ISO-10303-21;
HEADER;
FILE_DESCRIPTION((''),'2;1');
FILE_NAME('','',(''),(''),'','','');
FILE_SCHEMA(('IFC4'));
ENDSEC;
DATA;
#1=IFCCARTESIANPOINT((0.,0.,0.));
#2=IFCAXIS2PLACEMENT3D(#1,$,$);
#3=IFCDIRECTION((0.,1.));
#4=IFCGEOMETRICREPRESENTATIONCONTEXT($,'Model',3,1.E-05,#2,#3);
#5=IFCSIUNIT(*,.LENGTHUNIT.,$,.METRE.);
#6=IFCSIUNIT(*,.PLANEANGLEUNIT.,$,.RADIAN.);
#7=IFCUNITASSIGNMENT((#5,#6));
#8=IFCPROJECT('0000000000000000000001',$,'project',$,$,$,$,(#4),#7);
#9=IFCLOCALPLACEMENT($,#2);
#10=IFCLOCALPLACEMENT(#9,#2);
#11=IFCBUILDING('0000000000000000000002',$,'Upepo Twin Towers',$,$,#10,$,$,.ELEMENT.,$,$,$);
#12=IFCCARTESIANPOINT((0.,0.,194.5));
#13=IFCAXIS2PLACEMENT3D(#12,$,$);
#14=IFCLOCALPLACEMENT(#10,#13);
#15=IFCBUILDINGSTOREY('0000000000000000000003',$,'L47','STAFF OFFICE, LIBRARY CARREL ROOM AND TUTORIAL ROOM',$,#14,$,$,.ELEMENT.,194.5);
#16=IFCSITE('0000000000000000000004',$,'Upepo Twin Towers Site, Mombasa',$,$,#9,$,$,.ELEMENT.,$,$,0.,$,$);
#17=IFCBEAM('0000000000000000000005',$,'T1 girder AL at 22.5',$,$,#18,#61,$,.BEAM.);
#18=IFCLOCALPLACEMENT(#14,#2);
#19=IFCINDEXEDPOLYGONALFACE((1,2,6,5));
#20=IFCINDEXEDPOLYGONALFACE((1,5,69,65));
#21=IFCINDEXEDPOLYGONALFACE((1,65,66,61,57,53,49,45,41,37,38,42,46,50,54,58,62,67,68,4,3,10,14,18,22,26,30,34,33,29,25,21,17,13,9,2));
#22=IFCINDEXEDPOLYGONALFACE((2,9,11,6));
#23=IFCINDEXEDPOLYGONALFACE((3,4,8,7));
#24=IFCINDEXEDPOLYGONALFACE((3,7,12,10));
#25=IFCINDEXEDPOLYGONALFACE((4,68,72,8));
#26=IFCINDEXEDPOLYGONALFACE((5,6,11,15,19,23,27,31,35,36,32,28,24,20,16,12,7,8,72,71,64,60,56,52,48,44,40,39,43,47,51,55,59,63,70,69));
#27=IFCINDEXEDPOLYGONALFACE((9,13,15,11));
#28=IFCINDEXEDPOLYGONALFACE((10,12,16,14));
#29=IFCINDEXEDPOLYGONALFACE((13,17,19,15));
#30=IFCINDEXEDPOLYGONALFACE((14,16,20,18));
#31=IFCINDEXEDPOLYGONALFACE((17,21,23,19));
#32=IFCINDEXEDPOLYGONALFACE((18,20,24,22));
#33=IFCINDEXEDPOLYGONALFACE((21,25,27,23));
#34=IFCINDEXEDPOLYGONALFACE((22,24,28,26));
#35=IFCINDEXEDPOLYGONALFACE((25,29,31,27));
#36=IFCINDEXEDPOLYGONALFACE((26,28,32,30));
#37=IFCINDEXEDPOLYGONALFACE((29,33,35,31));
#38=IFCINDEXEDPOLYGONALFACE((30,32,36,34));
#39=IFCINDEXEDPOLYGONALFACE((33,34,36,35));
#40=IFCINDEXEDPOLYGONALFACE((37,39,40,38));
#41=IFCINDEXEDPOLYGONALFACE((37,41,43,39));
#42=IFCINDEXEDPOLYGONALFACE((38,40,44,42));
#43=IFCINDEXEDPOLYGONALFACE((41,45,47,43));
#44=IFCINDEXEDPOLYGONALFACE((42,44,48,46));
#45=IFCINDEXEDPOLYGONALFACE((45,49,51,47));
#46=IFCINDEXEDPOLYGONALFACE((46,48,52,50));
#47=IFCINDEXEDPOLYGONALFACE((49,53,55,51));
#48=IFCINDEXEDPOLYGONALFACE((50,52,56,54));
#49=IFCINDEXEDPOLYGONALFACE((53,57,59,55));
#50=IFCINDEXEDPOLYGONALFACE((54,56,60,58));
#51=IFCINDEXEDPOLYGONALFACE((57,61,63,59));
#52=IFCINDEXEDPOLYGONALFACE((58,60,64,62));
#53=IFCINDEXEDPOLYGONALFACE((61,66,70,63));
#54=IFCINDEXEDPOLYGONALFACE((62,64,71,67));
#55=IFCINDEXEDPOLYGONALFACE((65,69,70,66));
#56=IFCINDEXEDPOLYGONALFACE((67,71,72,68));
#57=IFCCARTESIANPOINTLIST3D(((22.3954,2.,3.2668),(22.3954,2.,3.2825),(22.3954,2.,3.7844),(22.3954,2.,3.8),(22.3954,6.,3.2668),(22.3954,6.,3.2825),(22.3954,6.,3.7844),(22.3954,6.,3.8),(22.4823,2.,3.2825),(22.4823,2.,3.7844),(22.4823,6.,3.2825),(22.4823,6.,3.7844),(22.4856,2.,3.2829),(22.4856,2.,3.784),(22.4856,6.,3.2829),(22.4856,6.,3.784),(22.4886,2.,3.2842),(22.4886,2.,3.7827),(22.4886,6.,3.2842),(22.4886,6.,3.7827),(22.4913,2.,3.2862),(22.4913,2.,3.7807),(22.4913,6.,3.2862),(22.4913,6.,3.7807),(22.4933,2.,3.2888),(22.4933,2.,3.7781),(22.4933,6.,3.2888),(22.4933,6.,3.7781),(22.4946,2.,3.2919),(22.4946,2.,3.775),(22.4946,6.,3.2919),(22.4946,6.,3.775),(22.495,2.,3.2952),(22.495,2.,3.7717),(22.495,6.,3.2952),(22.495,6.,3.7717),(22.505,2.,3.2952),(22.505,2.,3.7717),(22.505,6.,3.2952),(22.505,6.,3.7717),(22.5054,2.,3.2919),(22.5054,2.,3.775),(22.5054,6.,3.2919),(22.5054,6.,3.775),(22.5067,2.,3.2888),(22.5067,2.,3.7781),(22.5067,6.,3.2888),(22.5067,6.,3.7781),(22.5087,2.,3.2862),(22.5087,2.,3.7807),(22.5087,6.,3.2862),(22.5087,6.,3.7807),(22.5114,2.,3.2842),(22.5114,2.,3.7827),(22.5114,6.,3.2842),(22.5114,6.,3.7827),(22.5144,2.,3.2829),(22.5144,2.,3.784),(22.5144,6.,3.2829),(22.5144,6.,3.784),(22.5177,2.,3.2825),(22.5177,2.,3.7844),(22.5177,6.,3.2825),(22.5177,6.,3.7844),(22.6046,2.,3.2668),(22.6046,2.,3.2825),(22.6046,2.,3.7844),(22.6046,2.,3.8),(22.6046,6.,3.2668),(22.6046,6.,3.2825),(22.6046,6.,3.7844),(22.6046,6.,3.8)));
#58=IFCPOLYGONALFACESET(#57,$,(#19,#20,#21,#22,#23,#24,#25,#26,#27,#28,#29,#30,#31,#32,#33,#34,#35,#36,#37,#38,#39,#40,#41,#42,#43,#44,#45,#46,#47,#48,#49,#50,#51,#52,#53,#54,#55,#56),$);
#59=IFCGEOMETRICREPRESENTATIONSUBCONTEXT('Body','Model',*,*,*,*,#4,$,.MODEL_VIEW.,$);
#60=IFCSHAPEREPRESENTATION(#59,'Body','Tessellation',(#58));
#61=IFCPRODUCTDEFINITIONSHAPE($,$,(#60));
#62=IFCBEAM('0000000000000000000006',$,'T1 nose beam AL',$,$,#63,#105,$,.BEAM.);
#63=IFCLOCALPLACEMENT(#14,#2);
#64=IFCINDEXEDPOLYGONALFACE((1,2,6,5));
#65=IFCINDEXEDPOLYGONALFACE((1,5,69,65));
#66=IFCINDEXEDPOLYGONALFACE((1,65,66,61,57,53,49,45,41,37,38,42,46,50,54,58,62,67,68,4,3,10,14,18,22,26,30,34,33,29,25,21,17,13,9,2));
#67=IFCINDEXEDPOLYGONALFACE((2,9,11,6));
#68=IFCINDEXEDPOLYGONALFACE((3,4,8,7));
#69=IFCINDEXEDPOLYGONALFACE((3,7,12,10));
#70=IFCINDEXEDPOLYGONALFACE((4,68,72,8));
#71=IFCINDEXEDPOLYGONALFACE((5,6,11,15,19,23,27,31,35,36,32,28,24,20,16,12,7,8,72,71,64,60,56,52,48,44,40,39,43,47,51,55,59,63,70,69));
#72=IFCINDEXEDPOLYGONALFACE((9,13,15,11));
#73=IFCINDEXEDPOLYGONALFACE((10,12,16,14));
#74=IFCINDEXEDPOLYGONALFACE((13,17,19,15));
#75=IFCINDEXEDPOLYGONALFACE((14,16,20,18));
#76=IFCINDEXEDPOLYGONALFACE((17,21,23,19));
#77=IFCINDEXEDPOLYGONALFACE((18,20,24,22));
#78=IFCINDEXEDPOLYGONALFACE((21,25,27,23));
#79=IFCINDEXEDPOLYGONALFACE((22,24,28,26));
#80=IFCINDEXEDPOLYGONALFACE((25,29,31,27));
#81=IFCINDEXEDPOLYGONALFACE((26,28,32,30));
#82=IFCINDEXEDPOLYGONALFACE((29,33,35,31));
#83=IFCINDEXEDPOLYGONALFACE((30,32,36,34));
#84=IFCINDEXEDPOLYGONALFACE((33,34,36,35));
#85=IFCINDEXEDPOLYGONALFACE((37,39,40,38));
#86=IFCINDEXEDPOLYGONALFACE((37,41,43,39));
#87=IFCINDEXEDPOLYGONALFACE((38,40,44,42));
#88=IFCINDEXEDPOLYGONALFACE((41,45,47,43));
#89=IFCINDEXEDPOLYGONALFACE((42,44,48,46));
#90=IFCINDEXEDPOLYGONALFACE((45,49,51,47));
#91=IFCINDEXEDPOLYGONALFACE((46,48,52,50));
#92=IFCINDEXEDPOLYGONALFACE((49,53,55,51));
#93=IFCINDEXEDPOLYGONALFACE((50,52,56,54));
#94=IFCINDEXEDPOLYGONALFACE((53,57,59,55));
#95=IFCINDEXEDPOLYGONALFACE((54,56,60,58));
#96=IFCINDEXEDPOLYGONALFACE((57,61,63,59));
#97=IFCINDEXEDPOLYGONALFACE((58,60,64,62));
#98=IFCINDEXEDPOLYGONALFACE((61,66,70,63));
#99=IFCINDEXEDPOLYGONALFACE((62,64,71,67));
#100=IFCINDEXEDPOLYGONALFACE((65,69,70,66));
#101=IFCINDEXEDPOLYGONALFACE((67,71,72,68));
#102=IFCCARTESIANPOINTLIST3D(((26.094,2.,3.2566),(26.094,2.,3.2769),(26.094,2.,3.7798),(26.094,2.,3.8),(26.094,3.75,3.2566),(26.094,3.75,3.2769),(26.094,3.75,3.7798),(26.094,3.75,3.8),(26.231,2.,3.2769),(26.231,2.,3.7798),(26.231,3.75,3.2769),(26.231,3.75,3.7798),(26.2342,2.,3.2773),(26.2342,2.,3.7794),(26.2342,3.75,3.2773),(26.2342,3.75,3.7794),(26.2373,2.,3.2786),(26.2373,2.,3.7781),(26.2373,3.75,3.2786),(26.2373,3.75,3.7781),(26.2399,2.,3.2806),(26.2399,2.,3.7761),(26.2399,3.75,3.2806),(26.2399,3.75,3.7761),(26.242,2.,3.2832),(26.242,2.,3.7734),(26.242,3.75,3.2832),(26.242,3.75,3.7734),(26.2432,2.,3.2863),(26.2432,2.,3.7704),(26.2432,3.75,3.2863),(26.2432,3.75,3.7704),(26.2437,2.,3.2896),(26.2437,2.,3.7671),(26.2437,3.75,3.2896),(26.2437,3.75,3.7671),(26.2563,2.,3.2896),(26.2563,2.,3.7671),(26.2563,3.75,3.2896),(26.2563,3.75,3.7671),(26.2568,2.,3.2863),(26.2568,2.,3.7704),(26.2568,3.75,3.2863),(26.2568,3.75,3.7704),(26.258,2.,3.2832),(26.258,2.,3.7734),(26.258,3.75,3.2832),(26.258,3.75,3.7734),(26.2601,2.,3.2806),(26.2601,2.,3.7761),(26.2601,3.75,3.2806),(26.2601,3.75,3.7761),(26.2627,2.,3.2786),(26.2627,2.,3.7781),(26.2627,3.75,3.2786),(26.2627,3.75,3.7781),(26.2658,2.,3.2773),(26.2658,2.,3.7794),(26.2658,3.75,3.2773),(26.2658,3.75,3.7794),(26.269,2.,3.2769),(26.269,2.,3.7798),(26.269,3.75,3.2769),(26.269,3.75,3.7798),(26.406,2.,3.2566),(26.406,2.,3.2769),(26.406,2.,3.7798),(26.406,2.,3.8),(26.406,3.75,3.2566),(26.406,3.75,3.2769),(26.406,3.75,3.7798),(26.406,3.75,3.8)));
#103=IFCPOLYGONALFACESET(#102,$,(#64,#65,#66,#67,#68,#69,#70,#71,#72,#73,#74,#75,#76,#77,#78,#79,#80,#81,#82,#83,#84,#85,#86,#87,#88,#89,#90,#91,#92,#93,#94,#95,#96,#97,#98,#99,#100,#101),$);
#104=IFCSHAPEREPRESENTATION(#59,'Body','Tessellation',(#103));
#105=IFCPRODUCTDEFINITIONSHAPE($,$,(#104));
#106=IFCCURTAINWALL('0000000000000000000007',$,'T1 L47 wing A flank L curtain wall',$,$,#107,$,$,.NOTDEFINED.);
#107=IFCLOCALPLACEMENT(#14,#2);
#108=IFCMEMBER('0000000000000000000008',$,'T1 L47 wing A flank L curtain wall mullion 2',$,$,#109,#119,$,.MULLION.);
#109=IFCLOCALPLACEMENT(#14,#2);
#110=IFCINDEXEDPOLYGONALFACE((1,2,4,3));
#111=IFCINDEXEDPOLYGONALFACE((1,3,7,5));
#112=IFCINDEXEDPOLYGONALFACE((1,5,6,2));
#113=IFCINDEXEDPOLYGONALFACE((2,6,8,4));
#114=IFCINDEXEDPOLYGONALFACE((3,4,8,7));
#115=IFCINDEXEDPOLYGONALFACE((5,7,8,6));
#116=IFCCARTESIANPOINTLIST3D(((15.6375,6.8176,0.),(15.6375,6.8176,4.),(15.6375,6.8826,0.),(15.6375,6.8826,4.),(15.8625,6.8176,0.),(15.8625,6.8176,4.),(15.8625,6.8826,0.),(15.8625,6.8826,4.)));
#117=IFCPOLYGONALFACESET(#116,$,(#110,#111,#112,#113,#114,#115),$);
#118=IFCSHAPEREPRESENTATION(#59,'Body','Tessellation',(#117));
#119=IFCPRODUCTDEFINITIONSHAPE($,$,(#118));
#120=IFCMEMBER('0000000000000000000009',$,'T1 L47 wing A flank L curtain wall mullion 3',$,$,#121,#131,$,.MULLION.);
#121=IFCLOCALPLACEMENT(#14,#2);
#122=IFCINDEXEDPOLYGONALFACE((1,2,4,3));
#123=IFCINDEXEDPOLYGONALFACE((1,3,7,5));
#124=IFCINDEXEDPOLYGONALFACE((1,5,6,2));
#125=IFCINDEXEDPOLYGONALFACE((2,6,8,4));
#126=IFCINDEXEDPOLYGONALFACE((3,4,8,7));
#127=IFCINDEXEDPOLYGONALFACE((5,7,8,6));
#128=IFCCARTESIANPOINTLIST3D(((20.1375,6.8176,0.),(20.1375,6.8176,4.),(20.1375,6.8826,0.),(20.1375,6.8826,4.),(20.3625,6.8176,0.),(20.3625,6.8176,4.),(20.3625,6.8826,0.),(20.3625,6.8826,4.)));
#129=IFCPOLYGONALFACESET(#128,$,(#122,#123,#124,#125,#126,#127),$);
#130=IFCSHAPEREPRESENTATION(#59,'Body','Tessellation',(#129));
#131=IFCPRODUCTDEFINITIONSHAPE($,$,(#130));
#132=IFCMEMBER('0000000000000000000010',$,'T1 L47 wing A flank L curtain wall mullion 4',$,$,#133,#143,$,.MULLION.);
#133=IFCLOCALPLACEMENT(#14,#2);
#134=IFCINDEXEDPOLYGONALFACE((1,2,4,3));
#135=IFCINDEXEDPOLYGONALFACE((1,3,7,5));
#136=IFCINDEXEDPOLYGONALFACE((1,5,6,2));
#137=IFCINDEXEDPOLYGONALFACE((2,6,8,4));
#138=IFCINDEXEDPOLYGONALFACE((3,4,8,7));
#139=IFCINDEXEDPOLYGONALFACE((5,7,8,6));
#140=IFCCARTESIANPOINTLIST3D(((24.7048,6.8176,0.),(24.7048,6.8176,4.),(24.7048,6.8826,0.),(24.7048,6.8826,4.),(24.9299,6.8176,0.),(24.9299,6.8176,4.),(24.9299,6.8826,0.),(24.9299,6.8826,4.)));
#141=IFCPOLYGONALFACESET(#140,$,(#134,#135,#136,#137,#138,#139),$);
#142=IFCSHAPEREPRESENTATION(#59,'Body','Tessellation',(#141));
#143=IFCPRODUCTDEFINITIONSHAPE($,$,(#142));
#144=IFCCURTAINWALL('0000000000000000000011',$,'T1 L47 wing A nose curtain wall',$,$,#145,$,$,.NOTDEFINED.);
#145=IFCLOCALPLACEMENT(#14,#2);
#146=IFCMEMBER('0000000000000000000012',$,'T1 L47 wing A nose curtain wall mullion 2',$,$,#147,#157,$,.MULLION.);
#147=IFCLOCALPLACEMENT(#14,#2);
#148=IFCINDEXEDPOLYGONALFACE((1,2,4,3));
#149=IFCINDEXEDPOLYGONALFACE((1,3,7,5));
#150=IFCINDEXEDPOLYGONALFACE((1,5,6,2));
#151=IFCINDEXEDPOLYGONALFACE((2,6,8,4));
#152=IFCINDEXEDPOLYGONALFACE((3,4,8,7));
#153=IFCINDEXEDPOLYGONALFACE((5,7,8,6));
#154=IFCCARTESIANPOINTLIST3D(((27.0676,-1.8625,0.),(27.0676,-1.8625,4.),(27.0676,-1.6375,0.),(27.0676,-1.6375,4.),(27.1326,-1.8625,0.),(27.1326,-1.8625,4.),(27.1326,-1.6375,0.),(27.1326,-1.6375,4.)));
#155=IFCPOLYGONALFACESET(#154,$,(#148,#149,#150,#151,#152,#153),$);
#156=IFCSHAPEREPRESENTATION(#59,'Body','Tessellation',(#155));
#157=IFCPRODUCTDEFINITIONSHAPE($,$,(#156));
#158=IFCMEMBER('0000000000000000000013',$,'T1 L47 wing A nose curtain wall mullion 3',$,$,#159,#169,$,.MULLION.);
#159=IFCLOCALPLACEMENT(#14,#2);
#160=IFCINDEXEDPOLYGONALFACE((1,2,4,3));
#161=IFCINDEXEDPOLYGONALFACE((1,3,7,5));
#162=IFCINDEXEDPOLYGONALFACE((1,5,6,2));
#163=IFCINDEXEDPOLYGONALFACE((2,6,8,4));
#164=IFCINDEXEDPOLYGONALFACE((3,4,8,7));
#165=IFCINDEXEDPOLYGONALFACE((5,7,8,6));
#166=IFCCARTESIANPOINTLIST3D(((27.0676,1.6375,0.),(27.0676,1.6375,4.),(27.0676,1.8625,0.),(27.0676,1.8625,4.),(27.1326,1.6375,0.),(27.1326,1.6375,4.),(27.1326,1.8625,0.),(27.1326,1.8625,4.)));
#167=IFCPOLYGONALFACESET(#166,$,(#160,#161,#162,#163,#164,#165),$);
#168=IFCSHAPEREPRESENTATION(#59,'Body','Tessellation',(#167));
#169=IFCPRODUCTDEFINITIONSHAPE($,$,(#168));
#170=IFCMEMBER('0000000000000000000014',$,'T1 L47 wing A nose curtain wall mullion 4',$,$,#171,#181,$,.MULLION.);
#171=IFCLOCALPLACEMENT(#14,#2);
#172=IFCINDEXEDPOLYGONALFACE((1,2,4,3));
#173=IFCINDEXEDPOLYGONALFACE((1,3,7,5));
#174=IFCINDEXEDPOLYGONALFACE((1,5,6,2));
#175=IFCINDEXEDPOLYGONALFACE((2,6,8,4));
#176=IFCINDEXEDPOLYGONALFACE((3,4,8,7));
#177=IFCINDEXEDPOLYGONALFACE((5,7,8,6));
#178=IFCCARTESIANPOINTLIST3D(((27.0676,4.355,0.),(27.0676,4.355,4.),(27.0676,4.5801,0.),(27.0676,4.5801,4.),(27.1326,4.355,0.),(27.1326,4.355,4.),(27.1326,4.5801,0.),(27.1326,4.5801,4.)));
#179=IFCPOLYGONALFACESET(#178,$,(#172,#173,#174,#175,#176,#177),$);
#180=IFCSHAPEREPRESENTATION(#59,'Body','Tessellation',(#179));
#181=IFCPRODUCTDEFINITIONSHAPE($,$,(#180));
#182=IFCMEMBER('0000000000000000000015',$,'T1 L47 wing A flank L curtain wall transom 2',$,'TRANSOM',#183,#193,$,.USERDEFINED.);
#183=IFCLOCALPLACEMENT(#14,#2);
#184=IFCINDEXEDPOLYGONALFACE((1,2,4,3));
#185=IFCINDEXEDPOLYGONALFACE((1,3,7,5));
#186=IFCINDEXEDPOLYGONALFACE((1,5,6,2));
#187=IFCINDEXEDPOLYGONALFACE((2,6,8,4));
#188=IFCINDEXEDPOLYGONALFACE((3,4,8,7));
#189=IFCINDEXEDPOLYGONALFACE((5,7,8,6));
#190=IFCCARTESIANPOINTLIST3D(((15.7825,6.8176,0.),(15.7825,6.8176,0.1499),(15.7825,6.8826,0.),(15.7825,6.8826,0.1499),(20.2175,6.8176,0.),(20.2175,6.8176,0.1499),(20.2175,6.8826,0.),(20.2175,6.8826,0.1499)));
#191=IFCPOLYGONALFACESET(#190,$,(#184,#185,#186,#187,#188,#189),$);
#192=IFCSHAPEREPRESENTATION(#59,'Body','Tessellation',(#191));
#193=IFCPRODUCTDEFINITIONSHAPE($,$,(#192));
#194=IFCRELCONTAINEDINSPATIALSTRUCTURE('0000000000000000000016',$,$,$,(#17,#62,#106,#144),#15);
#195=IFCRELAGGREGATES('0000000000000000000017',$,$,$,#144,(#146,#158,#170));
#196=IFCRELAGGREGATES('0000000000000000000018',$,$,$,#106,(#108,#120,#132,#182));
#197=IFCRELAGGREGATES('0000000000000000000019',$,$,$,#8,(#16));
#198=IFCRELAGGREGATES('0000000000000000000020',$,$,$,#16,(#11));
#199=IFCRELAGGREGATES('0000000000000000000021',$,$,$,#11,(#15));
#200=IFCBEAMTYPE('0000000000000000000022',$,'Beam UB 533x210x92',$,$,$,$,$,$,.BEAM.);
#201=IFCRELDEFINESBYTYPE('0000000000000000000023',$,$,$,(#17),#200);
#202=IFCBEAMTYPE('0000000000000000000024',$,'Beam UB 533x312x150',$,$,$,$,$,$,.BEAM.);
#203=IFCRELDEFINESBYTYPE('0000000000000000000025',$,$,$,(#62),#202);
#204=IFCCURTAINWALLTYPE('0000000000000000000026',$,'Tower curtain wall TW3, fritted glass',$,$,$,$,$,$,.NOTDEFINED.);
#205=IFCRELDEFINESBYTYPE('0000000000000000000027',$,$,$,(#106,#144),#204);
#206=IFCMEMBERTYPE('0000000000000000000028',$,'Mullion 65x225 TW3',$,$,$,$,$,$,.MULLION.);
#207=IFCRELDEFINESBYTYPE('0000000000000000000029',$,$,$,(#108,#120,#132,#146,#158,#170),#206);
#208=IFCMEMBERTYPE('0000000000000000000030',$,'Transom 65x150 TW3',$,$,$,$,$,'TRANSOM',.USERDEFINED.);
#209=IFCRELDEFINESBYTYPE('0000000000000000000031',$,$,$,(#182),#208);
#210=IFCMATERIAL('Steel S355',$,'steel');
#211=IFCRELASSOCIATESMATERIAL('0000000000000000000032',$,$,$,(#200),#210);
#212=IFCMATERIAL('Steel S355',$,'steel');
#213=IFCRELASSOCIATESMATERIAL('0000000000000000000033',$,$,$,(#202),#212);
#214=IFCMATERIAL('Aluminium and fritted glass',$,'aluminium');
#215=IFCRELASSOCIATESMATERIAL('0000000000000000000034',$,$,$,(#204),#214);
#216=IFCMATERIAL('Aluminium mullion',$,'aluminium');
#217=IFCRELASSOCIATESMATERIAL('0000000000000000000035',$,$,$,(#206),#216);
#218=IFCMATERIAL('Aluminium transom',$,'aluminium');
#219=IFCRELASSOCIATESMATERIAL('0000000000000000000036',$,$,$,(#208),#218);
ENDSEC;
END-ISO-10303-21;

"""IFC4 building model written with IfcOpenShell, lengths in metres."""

from ifc_helpers import new_model, si_unit, direction, frame, origin, origin_2d, place, context, subcontext, project, spatial, rectangle, i_section, extrude, material, material_profile, profile_set, type_object, element, aggregate, save


model = new_model("IFC4")

# Units and contexts
model_context = context("Model", 3, precision=1e-05, world=origin(), true_north=direction((0.0, 1.0)))
body_context = subcontext(model_context, "Body", "Model", "MODEL_VIEW")
ifc_project = project(units=[si_unit("LENGTHUNIT", "METRE"), si_unit("PLANEANGLEUNIT", "RADIAN")], contexts=[model_context])

# Site, building, storey
site_placement = place(None, origin())
site = spatial("IfcSite", under=ifc_project, at=site_placement, Name="Upepo Twin Towers Site, Mombasa", CompositionType="ELEMENT", RefElevation=0.0)
building_placement = place(site_placement, origin())
building = spatial("IfcBuilding", under=site, at=building_placement, Name="Upepo Twin Towers", CompositionType="ELEMENT")
storey_placement = place(building_placement, frame((0.0, 0.0, 194.5)))
storey = spatial("IfcBuildingStorey", under=building, at=storey_placement, Name="L47", Description="STAFF OFFICE, LIBRARY CARREL ROOM AND TUTORIAL ROOM", CompositionType="ELEMENT", Elevation=194.5)

# Beams
ifc_material_1 = material(Name="Steel S355", Category="steel")
ifc_material_profile_1 = material_profile(ifc_material_1, i_section(OverallWidth=0.2092, OverallDepth=0.5332, WebThickness=0.01, FlangeThickness=0.0156, FilletRadius=0.0127, at=origin_2d()), Name="UB 533x210x92")
ifc_profile_set_1 = profile_set([ifc_material_profile_1], Name="Steel S355")
beam_type_1 = type_object("IfcBeamType", Name="Beam UB 533x210x92", PredefinedType="BEAM", material=ifc_profile_set_1)
for number, where, z_axis, x_axis, name in (
    (1, (22.5, 6.0, 3.5334), (0.0, -1.0, 0.0), (1.0, 0.0, 0.0), "T1 girder AL at 22.5"),
):
    element("IfcBeam", number, at=place(storey_placement, frame(where, z_axis=z_axis, x_axis=x_axis)), inside=storey, type_object=beam_type_1, Name=name, PredefinedType="BEAM", context=body_context, shape_type="SweptSolid", body=[
        extrude(i_section(OverallWidth=0.2092, OverallDepth=0.5332, WebThickness=0.01, FlangeThickness=0.0156, FilletRadius=0.0127, at=origin_2d()), origin(), (0.0, 0.0, 1.0), 4.0),
    ])
ifc_material_2 = material(Name="Steel S355", Category="steel")
ifc_material_profile_2 = material_profile(ifc_material_2, i_section(OverallWidth=0.312, OverallDepth=0.5435, WebThickness=0.0127, FlangeThickness=0.0203, FilletRadius=0.0127, at=origin_2d()), Name="UB 533x312x150")
ifc_profile_set_2 = profile_set([ifc_material_profile_2], Name="Steel S355")
beam_type_2 = type_object("IfcBeamType", Name="Beam UB 533x312x150", PredefinedType="BEAM", material=ifc_profile_set_2)
beam_1_placement = place(storey_placement, frame((26.25, 3.75, 3.5283), z_axis=(0.0, -1.0, 0.0), x_axis=(1.0, 0.0, 0.0)))
element("IfcBeam", 2, at=beam_1_placement, inside=storey, type_object=beam_type_2, Name="T1 nose beam AL", PredefinedType="BEAM", context=body_context, shape_type="SweptSolid", body=[
    extrude(i_section(OverallWidth=0.312, OverallDepth=0.5435, WebThickness=0.0127, FlangeThickness=0.0203, FilletRadius=0.0127, at=origin_2d()), origin(), (0.0, 0.0, 1.0), 1.75),
])

# Curtain walls, members
ifc_material_3 = material(Name="Aluminium and fritted glass", Category="aluminium")
curtain_wall_type = type_object("IfcCurtainWallType", Name="Tower curtain wall TW3, fritted glass", PredefinedType="NOTDEFINED", material=ifc_material_3)
curtain_wall_1_placement = place(storey_placement, origin())
curtain_wall_1 = element("IfcCurtainWall", 3, at=curtain_wall_1_placement, inside=storey, type_object=curtain_wall_type, Name="T1 L47 wing A flank L curtain wall", PredefinedType="NOTDEFINED")
ifc_material_4 = material(Name="Aluminium mullion", Category="aluminium")
ifc_material_profile_3 = material_profile(ifc_material_4, rectangle(XDim=0.0649, YDim=0.2251, at=origin_2d()), Name="MULLION 65x225")
ifc_profile_set_3 = profile_set([ifc_material_profile_3], Name="Aluminium mullion")
member_type_1 = type_object("IfcMemberType", Name="Mullion 65x225 TW3", PredefinedType="MULLION", material=ifc_profile_set_3)
member_1_placement = place(storey_placement, frame((15.75, 6.8501, 0.0), z_axis=(0.0, 0.0, 1.0), x_axis=(0.0, 1.0, 0.0)))
member_1 = element("IfcMember", 4, at=member_1_placement, type_object=member_type_1, Name="T1 L47 wing A flank L curtain wall mullion 2", PredefinedType="MULLION", context=body_context, shape_type="SweptSolid", body=[
    extrude(rectangle(XDim=0.0649, YDim=0.2251, at=origin_2d()), origin(), (0.0, 0.0, 1.0), 4.0),
])
member_2_placement = place(storey_placement, frame((20.25, 6.8501, 0.0), z_axis=(0.0, 0.0, 1.0), x_axis=(0.0, 1.0, 0.0)))
member_2 = element("IfcMember", 5, at=member_2_placement, type_object=member_type_1, Name="T1 L47 wing A flank L curtain wall mullion 3", PredefinedType="MULLION", context=body_context, shape_type="SweptSolid", body=[
    extrude(rectangle(XDim=0.0649, YDim=0.2251, at=origin_2d()), origin(), (0.0, 0.0, 1.0), 4.0),
])
member_3_placement = place(storey_placement, frame((24.8174, 6.8501, 0.0), z_axis=(0.0, 0.0, 1.0), x_axis=(0.0, 1.0, 0.0)))
member_3 = element("IfcMember", 6, at=member_3_placement, type_object=member_type_1, Name="T1 L47 wing A flank L curtain wall mullion 4", PredefinedType="MULLION", context=body_context, shape_type="SweptSolid", body=[
    extrude(rectangle(XDim=0.0649, YDim=0.2251, at=origin_2d()), origin(), (0.0, 0.0, 1.0), 4.0),
])
curtain_wall_2_placement = place(storey_placement, origin())
curtain_wall_2 = element("IfcCurtainWall", 7, at=curtain_wall_2_placement, inside=storey, type_object=curtain_wall_type, Name="T1 L47 wing A nose curtain wall", PredefinedType="NOTDEFINED")
member_4_placement = place(storey_placement, frame((27.1001, -1.75, 0.0), z_axis=(0.0, 0.0, 1.0), x_axis=(-1.0, 0.0, 0.0)))
member_4 = element("IfcMember", 8, at=member_4_placement, type_object=member_type_1, Name="T1 L47 wing A nose curtain wall mullion 2", PredefinedType="MULLION", context=body_context, shape_type="SweptSolid", body=[
    extrude(rectangle(XDim=0.0649, YDim=0.2251, at=origin_2d()), origin(), (0.0, 0.0, 1.0), 4.0),
])
member_5_placement = place(storey_placement, frame((27.1001, 1.75, 0.0), z_axis=(0.0, 0.0, 1.0), x_axis=(-1.0, 0.0, 0.0)))
member_5 = element("IfcMember", 9, at=member_5_placement, type_object=member_type_1, Name="T1 L47 wing A nose curtain wall mullion 3", PredefinedType="MULLION", context=body_context, shape_type="SweptSolid", body=[
    extrude(rectangle(XDim=0.0649, YDim=0.2251, at=origin_2d()), origin(), (0.0, 0.0, 1.0), 4.0),
])
member_6_placement = place(storey_placement, frame((27.1001, 4.4675, 0.0), z_axis=(0.0, 0.0, 1.0), x_axis=(-1.0, 0.0, 0.0)))
member_6 = element("IfcMember", 10, at=member_6_placement, type_object=member_type_1, Name="T1 L47 wing A nose curtain wall mullion 4", PredefinedType="MULLION", context=body_context, shape_type="SweptSolid", body=[
    extrude(rectangle(XDim=0.0649, YDim=0.2251, at=origin_2d()), origin(), (0.0, 0.0, 1.0), 4.0),
])
aggregate(curtain_wall_2, [member_4, member_5, member_6])

# Member
ifc_material_5 = material(Name="Aluminium transom", Category="aluminium")
ifc_material_profile_4 = material_profile(ifc_material_5, rectangle(XDim=0.0649, YDim=0.1499, at=origin_2d()), Name="TRANSOM 65x150")
ifc_profile_set_4 = profile_set([ifc_material_profile_4], Name="Aluminium transom")
member_type_2 = type_object("IfcMemberType", Name="Transom 65x150 TW3", ElementType="TRANSOM", PredefinedType="USERDEFINED", material=ifc_profile_set_4)
member_7_placement = place(storey_placement, frame((15.7825, 6.8501, 0.075), z_axis=(1.0, 0.0, 0.0), x_axis=(0.0, 1.0, 0.0)))
member_7 = element("IfcMember", 11, at=member_7_placement, type_object=member_type_2, Name="T1 L47 wing A flank L curtain wall transom 2", ObjectType="TRANSOM", PredefinedType="USERDEFINED", context=body_context, shape_type="SweptSolid", body=[
    extrude(rectangle(XDim=0.0649, YDim=0.1499, at=origin_2d()), origin(), (0.0, 0.0, 1.0), 4.4351),
])

aggregate(curtain_wall_1, [member_1, member_2, member_3, member_7])

save(model, "model.ifc")
